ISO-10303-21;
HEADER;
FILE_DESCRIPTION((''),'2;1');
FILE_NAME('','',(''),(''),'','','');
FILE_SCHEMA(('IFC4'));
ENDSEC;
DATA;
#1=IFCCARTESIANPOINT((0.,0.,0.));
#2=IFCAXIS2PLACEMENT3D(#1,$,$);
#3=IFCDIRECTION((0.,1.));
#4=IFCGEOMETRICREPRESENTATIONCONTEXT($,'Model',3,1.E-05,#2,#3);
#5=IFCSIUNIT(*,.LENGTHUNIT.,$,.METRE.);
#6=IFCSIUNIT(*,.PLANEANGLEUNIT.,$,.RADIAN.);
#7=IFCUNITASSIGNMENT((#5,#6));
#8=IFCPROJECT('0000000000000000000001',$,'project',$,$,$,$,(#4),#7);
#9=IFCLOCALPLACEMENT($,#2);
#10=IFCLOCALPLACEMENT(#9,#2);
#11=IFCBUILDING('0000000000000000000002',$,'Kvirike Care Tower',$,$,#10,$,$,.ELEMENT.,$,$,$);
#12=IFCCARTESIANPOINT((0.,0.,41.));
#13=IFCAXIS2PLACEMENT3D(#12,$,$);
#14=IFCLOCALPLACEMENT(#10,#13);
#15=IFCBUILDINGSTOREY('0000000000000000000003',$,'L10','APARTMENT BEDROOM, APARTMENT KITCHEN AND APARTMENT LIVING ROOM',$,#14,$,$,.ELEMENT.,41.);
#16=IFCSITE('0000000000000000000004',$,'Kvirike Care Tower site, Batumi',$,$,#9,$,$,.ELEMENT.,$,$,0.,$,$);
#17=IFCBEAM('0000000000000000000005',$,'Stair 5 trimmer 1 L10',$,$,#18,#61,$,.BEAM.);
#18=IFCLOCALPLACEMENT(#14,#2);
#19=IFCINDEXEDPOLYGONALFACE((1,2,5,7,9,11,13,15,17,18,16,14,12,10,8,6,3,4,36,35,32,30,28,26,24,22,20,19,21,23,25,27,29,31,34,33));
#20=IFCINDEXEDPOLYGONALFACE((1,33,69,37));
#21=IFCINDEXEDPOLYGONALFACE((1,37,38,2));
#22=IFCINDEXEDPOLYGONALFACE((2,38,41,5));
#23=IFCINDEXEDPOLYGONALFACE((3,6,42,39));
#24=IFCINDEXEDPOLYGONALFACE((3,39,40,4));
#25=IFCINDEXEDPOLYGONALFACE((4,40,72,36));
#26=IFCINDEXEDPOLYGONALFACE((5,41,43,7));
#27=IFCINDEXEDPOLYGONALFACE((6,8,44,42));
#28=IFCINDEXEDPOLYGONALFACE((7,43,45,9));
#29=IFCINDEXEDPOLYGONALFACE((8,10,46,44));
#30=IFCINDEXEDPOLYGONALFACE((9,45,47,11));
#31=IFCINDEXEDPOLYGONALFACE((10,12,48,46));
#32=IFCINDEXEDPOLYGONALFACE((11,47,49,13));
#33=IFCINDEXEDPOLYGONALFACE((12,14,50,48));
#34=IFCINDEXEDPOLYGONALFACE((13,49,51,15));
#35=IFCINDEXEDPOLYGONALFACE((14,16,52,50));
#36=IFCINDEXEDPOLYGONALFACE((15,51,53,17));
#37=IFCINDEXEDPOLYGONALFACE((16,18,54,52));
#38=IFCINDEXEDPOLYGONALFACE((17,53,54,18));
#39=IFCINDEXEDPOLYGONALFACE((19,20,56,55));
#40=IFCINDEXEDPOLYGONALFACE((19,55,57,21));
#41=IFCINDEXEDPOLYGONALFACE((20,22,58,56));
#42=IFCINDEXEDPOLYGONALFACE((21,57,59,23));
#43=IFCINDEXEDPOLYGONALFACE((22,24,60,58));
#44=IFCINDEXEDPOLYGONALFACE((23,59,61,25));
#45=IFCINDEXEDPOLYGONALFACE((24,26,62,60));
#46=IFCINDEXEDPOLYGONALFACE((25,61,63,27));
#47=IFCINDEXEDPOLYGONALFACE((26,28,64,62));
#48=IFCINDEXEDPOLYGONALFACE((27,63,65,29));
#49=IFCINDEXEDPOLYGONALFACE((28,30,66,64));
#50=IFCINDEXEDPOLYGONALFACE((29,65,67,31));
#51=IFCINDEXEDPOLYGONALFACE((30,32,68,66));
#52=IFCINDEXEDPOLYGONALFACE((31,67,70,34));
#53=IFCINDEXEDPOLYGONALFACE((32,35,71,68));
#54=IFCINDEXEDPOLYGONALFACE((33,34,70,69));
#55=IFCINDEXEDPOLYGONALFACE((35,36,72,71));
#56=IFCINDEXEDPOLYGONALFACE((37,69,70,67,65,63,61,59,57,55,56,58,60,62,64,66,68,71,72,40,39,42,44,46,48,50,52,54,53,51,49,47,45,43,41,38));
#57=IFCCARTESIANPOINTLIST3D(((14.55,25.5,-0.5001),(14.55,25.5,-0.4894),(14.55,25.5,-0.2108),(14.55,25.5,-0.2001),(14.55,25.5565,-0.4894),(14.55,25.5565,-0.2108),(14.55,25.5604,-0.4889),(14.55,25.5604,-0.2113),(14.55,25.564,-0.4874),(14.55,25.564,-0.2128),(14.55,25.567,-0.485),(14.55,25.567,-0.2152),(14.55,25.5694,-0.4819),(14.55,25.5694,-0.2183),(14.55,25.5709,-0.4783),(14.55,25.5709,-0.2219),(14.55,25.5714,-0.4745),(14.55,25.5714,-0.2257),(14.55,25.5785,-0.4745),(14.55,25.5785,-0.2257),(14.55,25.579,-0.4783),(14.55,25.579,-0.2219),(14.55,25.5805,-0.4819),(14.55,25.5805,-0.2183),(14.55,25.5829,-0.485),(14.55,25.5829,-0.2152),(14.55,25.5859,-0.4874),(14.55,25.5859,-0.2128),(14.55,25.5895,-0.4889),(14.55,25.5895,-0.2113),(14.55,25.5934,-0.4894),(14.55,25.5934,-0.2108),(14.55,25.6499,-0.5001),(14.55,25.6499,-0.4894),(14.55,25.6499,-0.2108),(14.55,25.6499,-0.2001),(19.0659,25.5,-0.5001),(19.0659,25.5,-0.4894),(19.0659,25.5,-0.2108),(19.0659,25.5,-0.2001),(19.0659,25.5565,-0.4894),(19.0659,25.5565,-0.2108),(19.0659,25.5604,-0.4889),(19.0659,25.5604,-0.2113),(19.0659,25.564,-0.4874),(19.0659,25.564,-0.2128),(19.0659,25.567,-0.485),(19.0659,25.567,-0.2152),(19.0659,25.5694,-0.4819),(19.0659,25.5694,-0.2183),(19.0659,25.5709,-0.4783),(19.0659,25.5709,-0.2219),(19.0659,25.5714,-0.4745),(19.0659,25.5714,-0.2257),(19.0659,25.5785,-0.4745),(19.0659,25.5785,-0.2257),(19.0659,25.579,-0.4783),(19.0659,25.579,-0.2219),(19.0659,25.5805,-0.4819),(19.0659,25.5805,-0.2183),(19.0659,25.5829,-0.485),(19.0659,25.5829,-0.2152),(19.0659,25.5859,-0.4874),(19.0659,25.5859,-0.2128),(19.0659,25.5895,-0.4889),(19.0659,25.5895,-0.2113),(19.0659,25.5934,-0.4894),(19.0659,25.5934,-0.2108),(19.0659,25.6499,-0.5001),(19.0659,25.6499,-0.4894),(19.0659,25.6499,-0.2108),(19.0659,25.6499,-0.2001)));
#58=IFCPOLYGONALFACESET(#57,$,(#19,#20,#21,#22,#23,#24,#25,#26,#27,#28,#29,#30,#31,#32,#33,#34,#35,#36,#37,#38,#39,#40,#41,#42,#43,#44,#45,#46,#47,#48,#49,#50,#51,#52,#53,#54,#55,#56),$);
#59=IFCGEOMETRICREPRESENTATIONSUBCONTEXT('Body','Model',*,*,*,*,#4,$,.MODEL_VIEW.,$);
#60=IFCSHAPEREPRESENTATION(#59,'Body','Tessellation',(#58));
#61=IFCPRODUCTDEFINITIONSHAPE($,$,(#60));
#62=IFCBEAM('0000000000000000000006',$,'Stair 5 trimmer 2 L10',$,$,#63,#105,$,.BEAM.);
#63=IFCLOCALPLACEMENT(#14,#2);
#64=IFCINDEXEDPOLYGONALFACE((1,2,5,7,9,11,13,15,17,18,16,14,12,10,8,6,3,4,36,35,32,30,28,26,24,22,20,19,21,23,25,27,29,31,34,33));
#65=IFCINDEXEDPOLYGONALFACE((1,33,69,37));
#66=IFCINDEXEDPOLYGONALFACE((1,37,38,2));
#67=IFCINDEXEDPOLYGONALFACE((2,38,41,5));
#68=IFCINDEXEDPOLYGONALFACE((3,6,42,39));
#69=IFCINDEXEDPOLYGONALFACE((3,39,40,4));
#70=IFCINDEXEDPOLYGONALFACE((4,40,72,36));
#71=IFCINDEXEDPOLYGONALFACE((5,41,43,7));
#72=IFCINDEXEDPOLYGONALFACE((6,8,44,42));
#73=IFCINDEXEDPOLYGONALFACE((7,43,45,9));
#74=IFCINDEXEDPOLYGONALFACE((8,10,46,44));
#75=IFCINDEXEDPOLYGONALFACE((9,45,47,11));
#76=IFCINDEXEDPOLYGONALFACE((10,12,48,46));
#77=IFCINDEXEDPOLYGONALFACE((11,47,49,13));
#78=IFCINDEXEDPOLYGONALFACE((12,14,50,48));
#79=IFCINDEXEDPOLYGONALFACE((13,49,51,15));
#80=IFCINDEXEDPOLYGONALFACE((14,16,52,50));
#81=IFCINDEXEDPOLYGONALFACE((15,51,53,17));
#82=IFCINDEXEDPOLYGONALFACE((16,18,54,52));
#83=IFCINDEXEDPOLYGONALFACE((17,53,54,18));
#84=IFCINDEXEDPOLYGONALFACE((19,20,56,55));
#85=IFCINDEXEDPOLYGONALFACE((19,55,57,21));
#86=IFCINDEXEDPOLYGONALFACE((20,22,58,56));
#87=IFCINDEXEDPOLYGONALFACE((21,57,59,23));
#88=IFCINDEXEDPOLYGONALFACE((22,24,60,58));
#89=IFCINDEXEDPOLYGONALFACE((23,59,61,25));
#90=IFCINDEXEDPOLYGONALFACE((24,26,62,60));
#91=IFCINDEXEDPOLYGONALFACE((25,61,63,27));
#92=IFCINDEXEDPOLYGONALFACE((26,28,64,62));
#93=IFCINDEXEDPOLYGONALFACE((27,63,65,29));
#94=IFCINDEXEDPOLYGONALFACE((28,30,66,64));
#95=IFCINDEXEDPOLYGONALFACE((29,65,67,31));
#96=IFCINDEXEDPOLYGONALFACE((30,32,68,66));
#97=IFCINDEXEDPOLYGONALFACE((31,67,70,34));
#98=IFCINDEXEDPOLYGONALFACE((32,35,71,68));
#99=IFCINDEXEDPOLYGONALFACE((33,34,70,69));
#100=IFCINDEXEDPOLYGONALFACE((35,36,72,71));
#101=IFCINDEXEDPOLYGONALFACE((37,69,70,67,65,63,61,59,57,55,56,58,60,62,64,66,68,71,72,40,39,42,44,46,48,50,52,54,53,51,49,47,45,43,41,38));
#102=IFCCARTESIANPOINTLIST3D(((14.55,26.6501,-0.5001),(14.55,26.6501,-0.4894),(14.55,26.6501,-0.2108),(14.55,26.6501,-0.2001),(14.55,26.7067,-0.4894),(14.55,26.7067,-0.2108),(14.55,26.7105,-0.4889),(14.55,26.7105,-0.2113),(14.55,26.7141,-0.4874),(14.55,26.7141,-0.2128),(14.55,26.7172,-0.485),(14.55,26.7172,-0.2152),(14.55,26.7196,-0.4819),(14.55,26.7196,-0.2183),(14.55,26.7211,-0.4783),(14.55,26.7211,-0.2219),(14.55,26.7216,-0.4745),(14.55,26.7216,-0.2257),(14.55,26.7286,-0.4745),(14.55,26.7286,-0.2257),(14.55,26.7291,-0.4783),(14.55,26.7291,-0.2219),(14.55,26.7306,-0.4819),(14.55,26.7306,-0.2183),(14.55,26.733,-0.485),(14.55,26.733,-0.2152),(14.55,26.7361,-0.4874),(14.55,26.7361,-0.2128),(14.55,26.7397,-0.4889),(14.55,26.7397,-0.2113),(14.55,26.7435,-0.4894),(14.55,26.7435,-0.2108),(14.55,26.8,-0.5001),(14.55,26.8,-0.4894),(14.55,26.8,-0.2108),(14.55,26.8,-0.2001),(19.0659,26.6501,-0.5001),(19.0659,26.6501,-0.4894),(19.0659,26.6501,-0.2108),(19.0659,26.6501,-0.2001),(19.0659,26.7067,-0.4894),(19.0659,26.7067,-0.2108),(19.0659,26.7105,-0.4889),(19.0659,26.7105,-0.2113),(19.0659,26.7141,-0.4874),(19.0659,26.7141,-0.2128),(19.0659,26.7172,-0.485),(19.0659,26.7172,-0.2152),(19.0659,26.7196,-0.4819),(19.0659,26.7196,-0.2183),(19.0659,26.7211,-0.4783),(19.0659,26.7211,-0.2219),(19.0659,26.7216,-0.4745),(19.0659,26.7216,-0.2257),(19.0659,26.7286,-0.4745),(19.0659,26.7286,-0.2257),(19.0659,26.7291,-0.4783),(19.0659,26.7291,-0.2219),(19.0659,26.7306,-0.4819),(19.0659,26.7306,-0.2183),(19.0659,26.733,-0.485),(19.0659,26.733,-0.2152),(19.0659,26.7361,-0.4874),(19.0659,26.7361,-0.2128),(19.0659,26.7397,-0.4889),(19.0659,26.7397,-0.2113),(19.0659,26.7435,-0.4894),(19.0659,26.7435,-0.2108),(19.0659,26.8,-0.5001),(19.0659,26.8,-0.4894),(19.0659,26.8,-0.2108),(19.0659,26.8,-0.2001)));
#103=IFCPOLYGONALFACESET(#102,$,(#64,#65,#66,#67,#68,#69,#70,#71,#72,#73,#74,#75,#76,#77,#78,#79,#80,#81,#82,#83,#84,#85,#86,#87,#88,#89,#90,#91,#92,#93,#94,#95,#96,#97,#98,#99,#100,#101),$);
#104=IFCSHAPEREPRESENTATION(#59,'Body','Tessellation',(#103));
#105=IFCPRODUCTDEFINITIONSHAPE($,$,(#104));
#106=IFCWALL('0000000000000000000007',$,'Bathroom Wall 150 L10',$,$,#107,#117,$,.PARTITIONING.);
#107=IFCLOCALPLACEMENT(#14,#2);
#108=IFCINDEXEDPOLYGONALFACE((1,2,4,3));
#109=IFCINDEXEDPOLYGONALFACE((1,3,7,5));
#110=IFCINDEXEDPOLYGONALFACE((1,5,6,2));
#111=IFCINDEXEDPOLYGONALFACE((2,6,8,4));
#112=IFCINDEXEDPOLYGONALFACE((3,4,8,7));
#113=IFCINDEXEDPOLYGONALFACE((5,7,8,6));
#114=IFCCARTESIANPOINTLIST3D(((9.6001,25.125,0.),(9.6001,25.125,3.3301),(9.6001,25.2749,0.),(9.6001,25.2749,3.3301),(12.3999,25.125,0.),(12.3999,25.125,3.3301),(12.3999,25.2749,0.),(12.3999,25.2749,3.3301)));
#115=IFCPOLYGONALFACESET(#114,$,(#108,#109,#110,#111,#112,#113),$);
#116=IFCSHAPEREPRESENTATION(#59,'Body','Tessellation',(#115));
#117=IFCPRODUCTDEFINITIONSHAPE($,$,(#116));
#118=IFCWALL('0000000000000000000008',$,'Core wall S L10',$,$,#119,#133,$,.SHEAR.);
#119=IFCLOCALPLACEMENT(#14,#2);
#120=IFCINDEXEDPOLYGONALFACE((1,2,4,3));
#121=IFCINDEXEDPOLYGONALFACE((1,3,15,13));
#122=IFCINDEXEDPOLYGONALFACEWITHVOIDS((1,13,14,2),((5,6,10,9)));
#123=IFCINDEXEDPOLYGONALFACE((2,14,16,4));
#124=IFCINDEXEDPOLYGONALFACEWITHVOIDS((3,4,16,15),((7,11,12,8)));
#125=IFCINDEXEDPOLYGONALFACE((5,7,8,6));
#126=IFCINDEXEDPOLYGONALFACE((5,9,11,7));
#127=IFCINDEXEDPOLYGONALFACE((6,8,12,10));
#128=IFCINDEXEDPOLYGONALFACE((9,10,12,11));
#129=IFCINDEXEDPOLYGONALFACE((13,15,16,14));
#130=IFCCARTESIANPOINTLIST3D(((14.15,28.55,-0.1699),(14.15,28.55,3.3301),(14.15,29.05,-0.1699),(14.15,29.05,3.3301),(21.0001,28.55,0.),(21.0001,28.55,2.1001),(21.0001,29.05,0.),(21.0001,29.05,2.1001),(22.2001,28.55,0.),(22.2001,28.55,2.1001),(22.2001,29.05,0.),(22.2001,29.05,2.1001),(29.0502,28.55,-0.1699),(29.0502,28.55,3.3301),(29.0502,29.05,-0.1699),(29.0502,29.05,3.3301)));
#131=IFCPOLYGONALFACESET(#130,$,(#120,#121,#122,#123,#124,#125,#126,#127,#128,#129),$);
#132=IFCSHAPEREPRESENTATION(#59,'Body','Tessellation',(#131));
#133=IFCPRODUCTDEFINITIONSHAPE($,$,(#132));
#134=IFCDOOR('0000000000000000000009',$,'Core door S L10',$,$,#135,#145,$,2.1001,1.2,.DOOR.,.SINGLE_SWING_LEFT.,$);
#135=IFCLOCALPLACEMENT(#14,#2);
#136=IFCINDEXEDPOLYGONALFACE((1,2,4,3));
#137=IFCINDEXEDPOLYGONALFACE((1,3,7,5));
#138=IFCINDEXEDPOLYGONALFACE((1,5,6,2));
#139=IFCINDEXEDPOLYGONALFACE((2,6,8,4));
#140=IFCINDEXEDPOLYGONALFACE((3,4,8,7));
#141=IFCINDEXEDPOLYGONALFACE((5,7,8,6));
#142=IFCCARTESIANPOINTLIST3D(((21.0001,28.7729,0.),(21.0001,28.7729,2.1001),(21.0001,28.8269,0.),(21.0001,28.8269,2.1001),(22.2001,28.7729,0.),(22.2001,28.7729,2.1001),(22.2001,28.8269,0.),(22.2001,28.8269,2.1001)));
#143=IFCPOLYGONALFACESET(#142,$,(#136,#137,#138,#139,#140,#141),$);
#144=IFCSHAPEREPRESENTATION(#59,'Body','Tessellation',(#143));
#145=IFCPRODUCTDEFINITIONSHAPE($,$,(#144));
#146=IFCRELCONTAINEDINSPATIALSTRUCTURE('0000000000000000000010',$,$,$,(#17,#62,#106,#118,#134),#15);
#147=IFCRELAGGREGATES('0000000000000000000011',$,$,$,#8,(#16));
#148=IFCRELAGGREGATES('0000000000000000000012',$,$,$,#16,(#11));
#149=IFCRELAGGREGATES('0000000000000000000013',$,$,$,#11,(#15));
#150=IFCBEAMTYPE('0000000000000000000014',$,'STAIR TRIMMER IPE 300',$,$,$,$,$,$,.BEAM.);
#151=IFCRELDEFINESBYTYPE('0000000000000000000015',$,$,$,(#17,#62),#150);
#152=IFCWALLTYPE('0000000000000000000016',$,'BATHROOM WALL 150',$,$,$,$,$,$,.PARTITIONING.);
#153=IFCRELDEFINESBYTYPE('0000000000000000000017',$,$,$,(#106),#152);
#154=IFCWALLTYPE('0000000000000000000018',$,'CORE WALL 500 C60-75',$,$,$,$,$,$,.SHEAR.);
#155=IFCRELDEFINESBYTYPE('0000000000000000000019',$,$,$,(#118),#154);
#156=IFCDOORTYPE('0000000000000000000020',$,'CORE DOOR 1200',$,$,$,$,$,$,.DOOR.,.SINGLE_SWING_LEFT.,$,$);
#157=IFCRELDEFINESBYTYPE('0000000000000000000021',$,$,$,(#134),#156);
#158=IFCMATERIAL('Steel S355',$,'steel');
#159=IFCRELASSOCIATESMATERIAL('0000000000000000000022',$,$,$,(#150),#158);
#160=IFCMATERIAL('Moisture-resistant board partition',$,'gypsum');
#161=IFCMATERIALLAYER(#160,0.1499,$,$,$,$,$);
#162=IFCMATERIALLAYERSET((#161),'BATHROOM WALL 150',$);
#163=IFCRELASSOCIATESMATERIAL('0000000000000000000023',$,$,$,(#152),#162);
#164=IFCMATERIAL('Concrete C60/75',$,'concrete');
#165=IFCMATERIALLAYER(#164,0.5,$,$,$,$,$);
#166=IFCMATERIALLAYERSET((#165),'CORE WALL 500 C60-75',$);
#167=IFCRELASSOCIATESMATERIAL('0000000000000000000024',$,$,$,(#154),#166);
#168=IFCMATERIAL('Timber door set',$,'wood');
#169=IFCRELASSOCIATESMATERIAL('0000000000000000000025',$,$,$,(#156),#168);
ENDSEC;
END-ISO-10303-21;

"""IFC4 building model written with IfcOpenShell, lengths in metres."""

from ifc_helpers import new_model, si_unit, direction, frame, frame_2d, origin, origin_2d, place, context, subcontext, project, spatial, rectangle, i_section, extrude, material, layer, layer_set, material_profile, profile_set, type_object, element, fill, save


model = new_model("IFC4")

# Units and contexts
model_context = context("Model", 3, precision=1e-05, world=origin(), true_north=direction((0.0, 1.0)))
body_context = subcontext(model_context, "Body", "Model", "MODEL_VIEW")
ifc_project = project(units=[si_unit("LENGTHUNIT", "METRE"), si_unit("PLANEANGLEUNIT", "RADIAN")], contexts=[model_context])

# Site, building, storey
site_placement = place(None, origin())
site = spatial("IfcSite", under=ifc_project, at=site_placement, Name="Kvirike Care Tower site, Batumi", CompositionType="ELEMENT", RefElevation=0.0)
building_placement = place(site_placement, origin())
building = spatial("IfcBuilding", under=site, at=building_placement, Name="Kvirike Care Tower", CompositionType="ELEMENT")
storey_placement = place(building_placement, frame((0.0, 0.0, 41.0)))
storey = spatial("IfcBuildingStorey", under=building, at=storey_placement, Name="L10", Description="APARTMENT BEDROOM, APARTMENT KITCHEN AND APARTMENT LIVING ROOM", CompositionType="ELEMENT", Elevation=41.0)

# Beams
ifc_material_1 = material(Name="Steel S355", Category="steel")
ifc_material_profile_1 = material_profile(ifc_material_1, i_section(OverallWidth=0.1499, OverallDepth=0.3, WebThickness=0.0071, FlangeThickness=0.0107, FilletRadius=0.0149, at=origin_2d()), Name="IPE 300")
ifc_profile_set_1 = profile_set([ifc_material_profile_1], Name="Steel S355")
beam_type_1 = type_object("IfcBeamType", Name="STAIR TRIMMER IPE 300", PredefinedType="BEAM", material=ifc_profile_set_1)
for number, where, z_axis, x_axis, name in (
    (1, (14.55, 25.575, -0.3501), (1.0, 0.0, 0.0), (0.0, 1.0, 0.0), "Stair 5 trimmer 1 L10"),
    (2, (14.55, 26.7251, -0.3501), (1.0, 0.0, 0.0), (0.0, 1.0, 0.0), "Stair 5 trimmer 2 L10"),
):
    element("IfcBeam", number, at=place(storey_placement, frame(where, z_axis=z_axis, x_axis=x_axis)), inside=storey, type_object=beam_type_1, Name=name, PredefinedType="BEAM", context=body_context, shape_type="SweptSolid", body=[
        extrude(i_section(OverallWidth=0.1499, OverallDepth=0.3, WebThickness=0.0071, FlangeThickness=0.0107, FilletRadius=0.0149, at=origin_2d()), origin(), (0.0, 0.0, 1.0), 4.5159),
    ])

# Wall
ifc_material_2 = material(Name="Moisture-resistant board partition", Category="gypsum")
ifc_layer_1 = layer(ifc_material_2, 0.1499)
ifc_layer_set_1 = layer_set([ifc_layer_1], Name="BATHROOM WALL 150")
wall_type_1 = type_object("IfcWallType", Name="BATHROOM WALL 150", PredefinedType="PARTITIONING", material=ifc_layer_set_1)
wall_1_placement = place(storey_placement, frame((9.6001, 25.2, 0.0), z_axis=(0.0, 0.0, 1.0), x_axis=(1.0, 0.0, 0.0)))
element("IfcWall", 3, at=wall_1_placement, inside=storey, type_object=wall_type_1, Name="Bathroom Wall 150 L10", PredefinedType="PARTITIONING", context=body_context, shape_type="SweptSolid", body=[
    extrude(rectangle(XDim=2.7998, YDim=0.1499, at=frame_2d((1.3999, 0.0))), origin(), (0.0, 0.0, 1.0), 3.3301),
])

# Wall, opening, door
ifc_material_3 = material(Name="Concrete C60/75", Category="concrete")
ifc_layer_2 = layer(ifc_material_3, 0.5)
ifc_layer_set_2 = layer_set([ifc_layer_2], Name="CORE WALL 500 C60-75")
wall_type_2 = type_object("IfcWallType", Name="CORE WALL 500 C60-75", PredefinedType="SHEAR", material=ifc_layer_set_2)
wall_2_placement = place(storey_placement, frame((14.1499, 28.8, -0.1699), z_axis=(0.0, 0.0, 1.0), x_axis=(1.0, 0.0, 0.0)))
wall_2 = element("IfcWall", 4, at=wall_2_placement, inside=storey, type_object=wall_type_2, Name="Core wall S L10", PredefinedType="SHEAR", context=body_context, shape_type="SweptSolid", body=[
    extrude(rectangle(XDim=14.9001, YDim=0.5, at=frame_2d((7.4502, 0.0))), origin(), (0.0, 0.0, 1.0), 3.5),
])
opening_1_placement = place(wall_2_placement, frame((6.8501, 0.0, 0.1699)))
opening_1 = element("IfcOpeningElement", 5, at=opening_1_placement, cuts=wall_2, PredefinedType="OPENING", context=body_context, shape_type="SweptSolid", body=[
    extrude(rectangle(XDim=1.2, YDim=2.1001, at=frame_2d((0.6001, 1.05))), frame((0.0, 0.2605, 0.0), z_axis=(0.0, -1.0, 0.0), x_axis=(1.0, 0.0, 0.0)), (0.0, 0.0, 1.0), 0.521),
])
ifc_material_4 = material(Name="Timber door set", Category="wood")
door_type_1 = type_object("IfcDoorType", Name="CORE DOOR 1200", OperationType="SINGLE_SWING_LEFT", PredefinedType="DOOR", material=ifc_material_4)
door_1_placement = place(opening_1_placement, origin())
door_1 = element("IfcDoor", 6, at=door_1_placement, inside=storey, type_object=door_type_1, Name="Core door S L10", OperationType="SINGLE_SWING_LEFT", OverallHeight=2.1001, OverallWidth=1.2, PredefinedType="DOOR", context=body_context, shape_type="SweptSolid", body=[
    extrude(rectangle(XDim=1.2, YDim=2.1001, at=frame_2d((0.6001, 1.05))), frame((0.0, 0.0269, 0.0), z_axis=(0.0, -1.0, 0.0), x_axis=(1.0, 0.0, 0.0)), (0.0, 0.0, 1.0), 0.054),
])
fill(opening_1, door_1)

save(model, "model.ifc")
